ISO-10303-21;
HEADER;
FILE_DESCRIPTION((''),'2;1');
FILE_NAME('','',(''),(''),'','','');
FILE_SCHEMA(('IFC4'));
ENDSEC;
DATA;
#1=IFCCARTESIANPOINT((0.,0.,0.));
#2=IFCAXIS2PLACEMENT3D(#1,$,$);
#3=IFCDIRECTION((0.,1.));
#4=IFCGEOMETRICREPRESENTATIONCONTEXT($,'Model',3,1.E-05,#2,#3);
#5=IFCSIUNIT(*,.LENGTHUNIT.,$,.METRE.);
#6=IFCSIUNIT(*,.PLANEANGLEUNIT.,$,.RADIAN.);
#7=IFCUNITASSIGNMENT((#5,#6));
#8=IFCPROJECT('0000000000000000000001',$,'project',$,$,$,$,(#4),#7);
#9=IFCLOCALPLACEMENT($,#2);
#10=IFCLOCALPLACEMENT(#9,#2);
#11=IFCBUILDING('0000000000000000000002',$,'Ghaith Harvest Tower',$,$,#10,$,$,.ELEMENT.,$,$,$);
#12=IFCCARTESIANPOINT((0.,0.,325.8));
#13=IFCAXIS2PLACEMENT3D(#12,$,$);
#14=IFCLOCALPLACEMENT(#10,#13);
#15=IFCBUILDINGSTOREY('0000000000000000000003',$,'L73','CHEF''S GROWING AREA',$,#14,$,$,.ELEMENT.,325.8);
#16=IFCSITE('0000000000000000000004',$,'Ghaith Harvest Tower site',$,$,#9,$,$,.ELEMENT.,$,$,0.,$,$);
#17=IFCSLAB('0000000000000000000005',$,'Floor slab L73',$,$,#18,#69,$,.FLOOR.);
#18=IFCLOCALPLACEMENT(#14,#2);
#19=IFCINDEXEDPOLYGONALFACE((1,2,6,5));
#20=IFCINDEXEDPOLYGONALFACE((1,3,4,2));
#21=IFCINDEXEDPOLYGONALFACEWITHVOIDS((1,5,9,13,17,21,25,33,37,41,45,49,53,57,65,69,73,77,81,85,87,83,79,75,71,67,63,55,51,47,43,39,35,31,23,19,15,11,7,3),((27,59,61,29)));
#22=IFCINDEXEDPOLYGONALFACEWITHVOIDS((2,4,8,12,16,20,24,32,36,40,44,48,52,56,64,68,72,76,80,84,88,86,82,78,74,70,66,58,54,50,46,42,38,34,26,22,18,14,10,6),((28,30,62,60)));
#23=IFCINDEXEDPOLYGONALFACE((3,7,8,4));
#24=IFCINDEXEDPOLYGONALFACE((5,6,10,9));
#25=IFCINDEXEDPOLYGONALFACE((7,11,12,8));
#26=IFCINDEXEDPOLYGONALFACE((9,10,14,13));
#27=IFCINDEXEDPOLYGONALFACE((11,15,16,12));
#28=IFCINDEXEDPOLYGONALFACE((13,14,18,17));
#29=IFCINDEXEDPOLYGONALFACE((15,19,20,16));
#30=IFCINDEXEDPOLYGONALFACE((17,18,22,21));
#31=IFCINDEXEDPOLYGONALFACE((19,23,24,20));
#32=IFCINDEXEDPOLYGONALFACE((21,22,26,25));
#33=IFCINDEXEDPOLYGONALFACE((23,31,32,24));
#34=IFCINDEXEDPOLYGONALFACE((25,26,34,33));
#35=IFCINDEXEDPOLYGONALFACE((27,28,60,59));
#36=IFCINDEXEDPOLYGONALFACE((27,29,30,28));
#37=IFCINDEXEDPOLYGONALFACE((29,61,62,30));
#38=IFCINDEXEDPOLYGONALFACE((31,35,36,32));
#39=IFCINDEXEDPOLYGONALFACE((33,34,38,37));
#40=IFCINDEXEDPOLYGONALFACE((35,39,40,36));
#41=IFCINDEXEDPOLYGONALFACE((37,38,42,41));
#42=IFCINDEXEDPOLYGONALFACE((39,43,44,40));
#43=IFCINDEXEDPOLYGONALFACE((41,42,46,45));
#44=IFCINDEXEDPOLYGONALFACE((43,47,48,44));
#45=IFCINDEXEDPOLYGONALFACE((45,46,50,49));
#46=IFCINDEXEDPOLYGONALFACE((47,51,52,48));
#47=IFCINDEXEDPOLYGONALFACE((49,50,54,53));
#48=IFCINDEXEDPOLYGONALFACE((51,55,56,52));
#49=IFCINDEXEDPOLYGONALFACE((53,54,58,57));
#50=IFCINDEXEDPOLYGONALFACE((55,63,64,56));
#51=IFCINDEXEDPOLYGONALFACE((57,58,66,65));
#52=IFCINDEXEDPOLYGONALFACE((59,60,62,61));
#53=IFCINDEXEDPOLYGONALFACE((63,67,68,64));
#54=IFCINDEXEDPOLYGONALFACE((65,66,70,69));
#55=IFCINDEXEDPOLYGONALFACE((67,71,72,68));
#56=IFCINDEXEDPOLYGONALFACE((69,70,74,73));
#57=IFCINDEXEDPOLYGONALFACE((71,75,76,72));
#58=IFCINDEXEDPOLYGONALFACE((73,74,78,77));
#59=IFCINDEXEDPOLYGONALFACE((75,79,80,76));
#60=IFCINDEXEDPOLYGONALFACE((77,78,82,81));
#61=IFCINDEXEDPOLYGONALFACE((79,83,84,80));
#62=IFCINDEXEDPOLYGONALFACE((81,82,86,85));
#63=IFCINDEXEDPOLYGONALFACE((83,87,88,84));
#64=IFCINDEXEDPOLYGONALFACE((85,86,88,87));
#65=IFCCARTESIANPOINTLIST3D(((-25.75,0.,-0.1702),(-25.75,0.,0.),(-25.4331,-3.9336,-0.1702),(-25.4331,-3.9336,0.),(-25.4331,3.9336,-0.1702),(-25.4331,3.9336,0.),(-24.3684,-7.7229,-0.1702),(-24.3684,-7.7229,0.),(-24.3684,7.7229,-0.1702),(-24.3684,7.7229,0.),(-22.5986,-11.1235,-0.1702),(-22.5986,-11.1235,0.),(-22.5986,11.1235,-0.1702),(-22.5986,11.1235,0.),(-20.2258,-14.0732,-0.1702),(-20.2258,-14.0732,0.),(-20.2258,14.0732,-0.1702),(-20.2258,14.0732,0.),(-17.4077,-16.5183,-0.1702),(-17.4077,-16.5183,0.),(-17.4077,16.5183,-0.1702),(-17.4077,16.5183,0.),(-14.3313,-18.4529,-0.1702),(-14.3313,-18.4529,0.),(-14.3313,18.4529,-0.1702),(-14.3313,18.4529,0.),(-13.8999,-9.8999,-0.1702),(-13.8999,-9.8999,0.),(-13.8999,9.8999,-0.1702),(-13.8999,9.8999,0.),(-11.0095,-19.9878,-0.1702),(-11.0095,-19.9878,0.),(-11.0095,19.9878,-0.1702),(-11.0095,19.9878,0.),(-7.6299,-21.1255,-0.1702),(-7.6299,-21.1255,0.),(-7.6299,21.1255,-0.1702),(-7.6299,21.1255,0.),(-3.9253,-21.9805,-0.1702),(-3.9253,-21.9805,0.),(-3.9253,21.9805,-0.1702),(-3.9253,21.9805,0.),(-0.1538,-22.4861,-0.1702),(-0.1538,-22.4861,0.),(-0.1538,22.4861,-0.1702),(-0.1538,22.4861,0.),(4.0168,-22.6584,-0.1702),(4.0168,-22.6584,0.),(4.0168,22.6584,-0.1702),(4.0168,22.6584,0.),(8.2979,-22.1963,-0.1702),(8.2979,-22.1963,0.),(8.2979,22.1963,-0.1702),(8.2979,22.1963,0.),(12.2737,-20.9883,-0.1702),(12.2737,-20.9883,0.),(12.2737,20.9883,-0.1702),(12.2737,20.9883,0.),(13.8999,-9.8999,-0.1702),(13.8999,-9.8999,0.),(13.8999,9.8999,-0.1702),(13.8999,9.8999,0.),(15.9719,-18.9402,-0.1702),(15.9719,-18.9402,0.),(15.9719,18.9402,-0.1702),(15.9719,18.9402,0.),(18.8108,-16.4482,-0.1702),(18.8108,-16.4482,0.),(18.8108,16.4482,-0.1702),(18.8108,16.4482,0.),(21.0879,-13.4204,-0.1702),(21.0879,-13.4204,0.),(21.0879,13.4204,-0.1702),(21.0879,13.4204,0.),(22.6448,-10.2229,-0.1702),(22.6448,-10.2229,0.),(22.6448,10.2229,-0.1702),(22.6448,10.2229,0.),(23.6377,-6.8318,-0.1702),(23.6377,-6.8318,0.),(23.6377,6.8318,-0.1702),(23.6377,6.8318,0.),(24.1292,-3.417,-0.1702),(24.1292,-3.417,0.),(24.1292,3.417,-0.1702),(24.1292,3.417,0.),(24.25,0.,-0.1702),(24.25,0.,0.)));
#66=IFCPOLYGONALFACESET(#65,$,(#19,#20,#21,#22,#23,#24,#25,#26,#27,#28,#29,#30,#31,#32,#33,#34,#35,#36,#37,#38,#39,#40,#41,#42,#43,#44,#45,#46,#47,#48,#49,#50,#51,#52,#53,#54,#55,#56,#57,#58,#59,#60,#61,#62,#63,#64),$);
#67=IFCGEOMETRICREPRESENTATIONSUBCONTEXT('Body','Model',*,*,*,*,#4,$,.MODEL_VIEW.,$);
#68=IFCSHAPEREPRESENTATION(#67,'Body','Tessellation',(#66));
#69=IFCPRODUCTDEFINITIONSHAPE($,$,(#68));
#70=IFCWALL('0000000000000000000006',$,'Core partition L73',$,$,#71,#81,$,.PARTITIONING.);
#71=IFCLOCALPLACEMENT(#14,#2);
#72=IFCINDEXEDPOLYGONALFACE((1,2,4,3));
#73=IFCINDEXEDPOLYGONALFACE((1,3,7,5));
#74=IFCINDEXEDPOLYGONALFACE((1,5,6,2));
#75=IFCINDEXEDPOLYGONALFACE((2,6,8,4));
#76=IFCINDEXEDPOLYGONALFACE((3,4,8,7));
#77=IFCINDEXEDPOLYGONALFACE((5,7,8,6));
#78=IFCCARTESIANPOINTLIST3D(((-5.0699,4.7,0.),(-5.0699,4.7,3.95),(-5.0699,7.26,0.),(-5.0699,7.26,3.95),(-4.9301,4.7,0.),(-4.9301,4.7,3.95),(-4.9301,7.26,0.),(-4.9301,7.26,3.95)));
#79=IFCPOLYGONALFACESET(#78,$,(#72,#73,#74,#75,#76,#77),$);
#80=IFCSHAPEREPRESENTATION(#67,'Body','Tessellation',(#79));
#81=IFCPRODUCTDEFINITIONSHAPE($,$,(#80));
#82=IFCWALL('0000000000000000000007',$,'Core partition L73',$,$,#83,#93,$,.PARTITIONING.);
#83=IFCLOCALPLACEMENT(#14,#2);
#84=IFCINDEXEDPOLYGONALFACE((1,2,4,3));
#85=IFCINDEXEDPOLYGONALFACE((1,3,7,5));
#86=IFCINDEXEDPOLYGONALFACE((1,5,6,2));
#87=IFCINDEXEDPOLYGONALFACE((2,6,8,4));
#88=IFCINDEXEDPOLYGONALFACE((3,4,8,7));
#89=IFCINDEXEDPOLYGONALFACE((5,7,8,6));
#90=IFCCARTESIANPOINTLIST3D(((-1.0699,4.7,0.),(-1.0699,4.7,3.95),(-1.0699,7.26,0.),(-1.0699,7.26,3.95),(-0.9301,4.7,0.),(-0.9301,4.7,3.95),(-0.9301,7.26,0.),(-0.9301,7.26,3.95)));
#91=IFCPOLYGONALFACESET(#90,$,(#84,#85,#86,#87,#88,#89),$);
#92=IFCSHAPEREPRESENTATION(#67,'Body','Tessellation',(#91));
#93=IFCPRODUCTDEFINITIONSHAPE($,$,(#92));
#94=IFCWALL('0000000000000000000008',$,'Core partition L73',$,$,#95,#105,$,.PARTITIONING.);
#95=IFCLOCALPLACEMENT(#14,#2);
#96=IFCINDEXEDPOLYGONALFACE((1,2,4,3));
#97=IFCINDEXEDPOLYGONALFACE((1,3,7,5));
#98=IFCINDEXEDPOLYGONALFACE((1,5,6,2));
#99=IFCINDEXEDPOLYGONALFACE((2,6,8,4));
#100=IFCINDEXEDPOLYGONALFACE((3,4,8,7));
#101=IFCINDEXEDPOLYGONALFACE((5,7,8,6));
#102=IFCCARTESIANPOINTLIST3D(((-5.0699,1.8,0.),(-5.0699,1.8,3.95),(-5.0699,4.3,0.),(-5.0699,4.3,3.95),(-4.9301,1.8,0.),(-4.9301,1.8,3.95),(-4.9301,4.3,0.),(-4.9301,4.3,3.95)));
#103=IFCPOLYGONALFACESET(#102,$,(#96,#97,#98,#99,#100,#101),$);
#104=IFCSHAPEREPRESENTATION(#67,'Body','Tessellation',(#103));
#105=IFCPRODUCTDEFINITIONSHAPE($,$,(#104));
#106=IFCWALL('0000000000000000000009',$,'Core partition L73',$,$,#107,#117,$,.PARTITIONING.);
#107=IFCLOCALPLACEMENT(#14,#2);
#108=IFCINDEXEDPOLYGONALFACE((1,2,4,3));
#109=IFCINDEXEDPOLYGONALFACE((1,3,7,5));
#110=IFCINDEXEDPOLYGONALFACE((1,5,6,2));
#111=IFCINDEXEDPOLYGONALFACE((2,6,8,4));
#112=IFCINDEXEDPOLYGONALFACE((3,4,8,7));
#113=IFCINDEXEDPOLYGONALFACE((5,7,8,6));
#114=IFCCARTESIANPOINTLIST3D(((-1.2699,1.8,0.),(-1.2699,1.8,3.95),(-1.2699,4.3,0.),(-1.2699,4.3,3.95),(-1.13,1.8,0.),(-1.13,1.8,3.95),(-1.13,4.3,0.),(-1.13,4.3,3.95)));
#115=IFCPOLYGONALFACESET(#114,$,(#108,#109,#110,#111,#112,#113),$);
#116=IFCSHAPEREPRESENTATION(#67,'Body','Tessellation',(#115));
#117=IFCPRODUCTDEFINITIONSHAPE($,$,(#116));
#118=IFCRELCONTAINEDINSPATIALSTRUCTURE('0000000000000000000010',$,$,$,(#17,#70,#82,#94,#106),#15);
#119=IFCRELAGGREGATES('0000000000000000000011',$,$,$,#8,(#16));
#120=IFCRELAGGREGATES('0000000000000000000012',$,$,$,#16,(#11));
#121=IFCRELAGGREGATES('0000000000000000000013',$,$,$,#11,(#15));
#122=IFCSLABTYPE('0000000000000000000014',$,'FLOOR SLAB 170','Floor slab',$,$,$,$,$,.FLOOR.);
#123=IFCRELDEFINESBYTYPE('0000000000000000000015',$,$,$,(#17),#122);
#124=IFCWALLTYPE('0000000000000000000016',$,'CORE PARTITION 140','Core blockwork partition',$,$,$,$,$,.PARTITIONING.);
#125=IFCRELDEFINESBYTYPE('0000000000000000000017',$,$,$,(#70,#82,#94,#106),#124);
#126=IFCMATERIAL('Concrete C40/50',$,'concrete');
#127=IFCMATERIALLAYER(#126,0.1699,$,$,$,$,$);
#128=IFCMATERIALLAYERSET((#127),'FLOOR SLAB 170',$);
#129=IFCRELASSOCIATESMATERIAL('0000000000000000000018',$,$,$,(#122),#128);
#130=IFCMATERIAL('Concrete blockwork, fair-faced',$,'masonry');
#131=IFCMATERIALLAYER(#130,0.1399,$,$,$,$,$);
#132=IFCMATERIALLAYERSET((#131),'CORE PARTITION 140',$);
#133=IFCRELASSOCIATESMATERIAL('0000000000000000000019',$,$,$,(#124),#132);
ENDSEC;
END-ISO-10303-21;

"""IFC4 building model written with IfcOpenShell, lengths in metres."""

from ifc_helpers import new_model, si_unit, direction, frame, frame_2d, origin, place, context, subcontext, project, spatial, polyline, rectangle, outline, extrude, material, layer, layer_set, type_object, element, save


model = new_model("IFC4")

# Units and contexts
model_context = context("Model", 3, precision=1e-05, world=origin(), true_north=direction((0.0, 1.0)))
body_context = subcontext(model_context, "Body", "Model", "MODEL_VIEW")
ifc_project = project(units=[si_unit("LENGTHUNIT", "METRE"), si_unit("PLANEANGLEUNIT", "RADIAN")], contexts=[model_context])

# Site, building, storey
site_placement = place(None, origin())
site = spatial("IfcSite", under=ifc_project, at=site_placement, Name="Ghaith Harvest Tower site", CompositionType="ELEMENT", RefElevation=0.0)
building_placement = place(site_placement, origin())
building = spatial("IfcBuilding", under=site, at=building_placement, Name="Ghaith Harvest Tower", CompositionType="ELEMENT")
storey_placement = place(building_placement, frame((0.0, 0.0, 325.8)))
storey = spatial("IfcBuildingStorey", under=building, at=storey_placement, Name="L73", Description="CHEF'S GROWING AREA", CompositionType="ELEMENT", Elevation=325.8)

# Slab
ifc_material_1 = material(Name="Concrete C40/50", Category="concrete")
ifc_layer_1 = layer(ifc_material_1, 0.1699)
ifc_layer_set_1 = layer_set([ifc_layer_1], Name="FLOOR SLAB 170")
slab_type = type_object("IfcSlabType", Name="FLOOR SLAB 170", Description="Floor slab", PredefinedType="FLOOR", material=ifc_layer_set_1)
slab_placement = place(storey_placement, frame((0.0, 0.0, -0.1702)))
element("IfcSlab", 1, at=slab_placement, inside=storey, type_object=slab_type, Name="Floor slab L73", PredefinedType="FLOOR", context=body_context, shape_type="SweptSolid", body=[
    extrude(outline(polyline([(24.25, 0.0), (24.1292, 3.417), (23.6377, 6.8318), (22.6448, 10.2229), (21.0879, 13.4204), (18.8108, 16.4482), (15.9719, 18.9402), (12.2737, 20.9883), (8.2979, 22.1963), (4.0168, 22.6584), (-0.1538, 22.4861), (-3.9253, 21.9805), (-7.6299, 21.1255), (-11.0095, 19.9878), (-14.3313, 18.4529), (-17.4077, 16.5183), (-20.2258, 14.0732), (-22.5986, 11.1235), (-24.3684, 7.7229), (-25.4331, 3.9336), (-25.75, 0.0), (-25.4331, -3.9336), (-24.3684, -7.7229), (-22.5986, -11.1235), (-20.2258, -14.0732), (-17.4077, -16.5183), (-14.3313, -18.4529), (-11.0095, -19.9878), (-7.6299, -21.1255), (-3.9253, -21.9805), (-0.1538, -22.4861), (4.0168, -22.6584), (8.2979, -22.1963), (12.2737, -20.9883), (15.9719, -18.9402), (18.8108, -16.4482), (21.0879, -13.4204), (22.6448, -10.2229), (23.6377, -6.8318), (24.1292, -3.417), (24.25, 0.0)]), holes=[polyline([(-13.8999, -9.8999), (13.8999, -9.8999), (13.8999, 9.8999), (-13.8999, 9.8999), (-13.8999, -9.8999)])]), origin(), (0.0, 0.0, 1.0), 0.1702),
])

# Shared definitions
ifc_material_2 = material(Name="Concrete blockwork, fair-faced", Category="masonry")
ifc_layer_2 = layer(ifc_material_2, 0.1399)
ifc_layer_set_2 = layer_set([ifc_layer_2], Name="CORE PARTITION 140")
wall_type = type_object("IfcWallType", Name="CORE PARTITION 140", Description="Core blockwork partition", PredefinedType="PARTITIONING", material=ifc_layer_set_2)

# Walls
for number, where, z_axis, x_axis, name in (
    (2, (-5.0, 4.7, 0.0), (0.0, 0.0, 1.0), (0.0, 1.0, 0.0), "Core partition L73"),
    (3, (-1.0, 4.7, 0.0), (0.0, 0.0, 1.0), (0.0, 1.0, 0.0), "Core partition L73"),
):
    element("IfcWall", number, at=place(storey_placement, frame(where, z_axis=z_axis, x_axis=x_axis)), inside=storey, type_object=wall_type, Name=name, PredefinedType="PARTITIONING", context=body_context, shape_type="SweptSolid", body=[
        extrude(rectangle(XDim=2.5601, YDim=0.1399, at=frame_2d((1.28, 0.0))), origin(), (0.0, 0.0, 1.0), 3.95),
    ])
for number, where, z_axis, x_axis, name in (
    (4, (-5.0, 1.8, 0.0), (0.0, 0.0, 1.0), (0.0, 1.0, 0.0), "Core partition L73"),
    (5, (-1.2, 1.8, 0.0), (0.0, 0.0, 1.0), (0.0, 1.0, 0.0), "Core partition L73"),
):
    element("IfcWall", number, at=place(storey_placement, frame(where, z_axis=z_axis, x_axis=x_axis)), inside=storey, type_object=wall_type, Name=name, PredefinedType="PARTITIONING", context=body_context, shape_type="SweptSolid", body=[
        extrude(rectangle(XDim=2.5, YDim=0.1399, at=frame_2d((1.25, 0.0))), origin(), (0.0, 0.0, 1.0), 3.95),
    ])

save(model, "model.ifc")
